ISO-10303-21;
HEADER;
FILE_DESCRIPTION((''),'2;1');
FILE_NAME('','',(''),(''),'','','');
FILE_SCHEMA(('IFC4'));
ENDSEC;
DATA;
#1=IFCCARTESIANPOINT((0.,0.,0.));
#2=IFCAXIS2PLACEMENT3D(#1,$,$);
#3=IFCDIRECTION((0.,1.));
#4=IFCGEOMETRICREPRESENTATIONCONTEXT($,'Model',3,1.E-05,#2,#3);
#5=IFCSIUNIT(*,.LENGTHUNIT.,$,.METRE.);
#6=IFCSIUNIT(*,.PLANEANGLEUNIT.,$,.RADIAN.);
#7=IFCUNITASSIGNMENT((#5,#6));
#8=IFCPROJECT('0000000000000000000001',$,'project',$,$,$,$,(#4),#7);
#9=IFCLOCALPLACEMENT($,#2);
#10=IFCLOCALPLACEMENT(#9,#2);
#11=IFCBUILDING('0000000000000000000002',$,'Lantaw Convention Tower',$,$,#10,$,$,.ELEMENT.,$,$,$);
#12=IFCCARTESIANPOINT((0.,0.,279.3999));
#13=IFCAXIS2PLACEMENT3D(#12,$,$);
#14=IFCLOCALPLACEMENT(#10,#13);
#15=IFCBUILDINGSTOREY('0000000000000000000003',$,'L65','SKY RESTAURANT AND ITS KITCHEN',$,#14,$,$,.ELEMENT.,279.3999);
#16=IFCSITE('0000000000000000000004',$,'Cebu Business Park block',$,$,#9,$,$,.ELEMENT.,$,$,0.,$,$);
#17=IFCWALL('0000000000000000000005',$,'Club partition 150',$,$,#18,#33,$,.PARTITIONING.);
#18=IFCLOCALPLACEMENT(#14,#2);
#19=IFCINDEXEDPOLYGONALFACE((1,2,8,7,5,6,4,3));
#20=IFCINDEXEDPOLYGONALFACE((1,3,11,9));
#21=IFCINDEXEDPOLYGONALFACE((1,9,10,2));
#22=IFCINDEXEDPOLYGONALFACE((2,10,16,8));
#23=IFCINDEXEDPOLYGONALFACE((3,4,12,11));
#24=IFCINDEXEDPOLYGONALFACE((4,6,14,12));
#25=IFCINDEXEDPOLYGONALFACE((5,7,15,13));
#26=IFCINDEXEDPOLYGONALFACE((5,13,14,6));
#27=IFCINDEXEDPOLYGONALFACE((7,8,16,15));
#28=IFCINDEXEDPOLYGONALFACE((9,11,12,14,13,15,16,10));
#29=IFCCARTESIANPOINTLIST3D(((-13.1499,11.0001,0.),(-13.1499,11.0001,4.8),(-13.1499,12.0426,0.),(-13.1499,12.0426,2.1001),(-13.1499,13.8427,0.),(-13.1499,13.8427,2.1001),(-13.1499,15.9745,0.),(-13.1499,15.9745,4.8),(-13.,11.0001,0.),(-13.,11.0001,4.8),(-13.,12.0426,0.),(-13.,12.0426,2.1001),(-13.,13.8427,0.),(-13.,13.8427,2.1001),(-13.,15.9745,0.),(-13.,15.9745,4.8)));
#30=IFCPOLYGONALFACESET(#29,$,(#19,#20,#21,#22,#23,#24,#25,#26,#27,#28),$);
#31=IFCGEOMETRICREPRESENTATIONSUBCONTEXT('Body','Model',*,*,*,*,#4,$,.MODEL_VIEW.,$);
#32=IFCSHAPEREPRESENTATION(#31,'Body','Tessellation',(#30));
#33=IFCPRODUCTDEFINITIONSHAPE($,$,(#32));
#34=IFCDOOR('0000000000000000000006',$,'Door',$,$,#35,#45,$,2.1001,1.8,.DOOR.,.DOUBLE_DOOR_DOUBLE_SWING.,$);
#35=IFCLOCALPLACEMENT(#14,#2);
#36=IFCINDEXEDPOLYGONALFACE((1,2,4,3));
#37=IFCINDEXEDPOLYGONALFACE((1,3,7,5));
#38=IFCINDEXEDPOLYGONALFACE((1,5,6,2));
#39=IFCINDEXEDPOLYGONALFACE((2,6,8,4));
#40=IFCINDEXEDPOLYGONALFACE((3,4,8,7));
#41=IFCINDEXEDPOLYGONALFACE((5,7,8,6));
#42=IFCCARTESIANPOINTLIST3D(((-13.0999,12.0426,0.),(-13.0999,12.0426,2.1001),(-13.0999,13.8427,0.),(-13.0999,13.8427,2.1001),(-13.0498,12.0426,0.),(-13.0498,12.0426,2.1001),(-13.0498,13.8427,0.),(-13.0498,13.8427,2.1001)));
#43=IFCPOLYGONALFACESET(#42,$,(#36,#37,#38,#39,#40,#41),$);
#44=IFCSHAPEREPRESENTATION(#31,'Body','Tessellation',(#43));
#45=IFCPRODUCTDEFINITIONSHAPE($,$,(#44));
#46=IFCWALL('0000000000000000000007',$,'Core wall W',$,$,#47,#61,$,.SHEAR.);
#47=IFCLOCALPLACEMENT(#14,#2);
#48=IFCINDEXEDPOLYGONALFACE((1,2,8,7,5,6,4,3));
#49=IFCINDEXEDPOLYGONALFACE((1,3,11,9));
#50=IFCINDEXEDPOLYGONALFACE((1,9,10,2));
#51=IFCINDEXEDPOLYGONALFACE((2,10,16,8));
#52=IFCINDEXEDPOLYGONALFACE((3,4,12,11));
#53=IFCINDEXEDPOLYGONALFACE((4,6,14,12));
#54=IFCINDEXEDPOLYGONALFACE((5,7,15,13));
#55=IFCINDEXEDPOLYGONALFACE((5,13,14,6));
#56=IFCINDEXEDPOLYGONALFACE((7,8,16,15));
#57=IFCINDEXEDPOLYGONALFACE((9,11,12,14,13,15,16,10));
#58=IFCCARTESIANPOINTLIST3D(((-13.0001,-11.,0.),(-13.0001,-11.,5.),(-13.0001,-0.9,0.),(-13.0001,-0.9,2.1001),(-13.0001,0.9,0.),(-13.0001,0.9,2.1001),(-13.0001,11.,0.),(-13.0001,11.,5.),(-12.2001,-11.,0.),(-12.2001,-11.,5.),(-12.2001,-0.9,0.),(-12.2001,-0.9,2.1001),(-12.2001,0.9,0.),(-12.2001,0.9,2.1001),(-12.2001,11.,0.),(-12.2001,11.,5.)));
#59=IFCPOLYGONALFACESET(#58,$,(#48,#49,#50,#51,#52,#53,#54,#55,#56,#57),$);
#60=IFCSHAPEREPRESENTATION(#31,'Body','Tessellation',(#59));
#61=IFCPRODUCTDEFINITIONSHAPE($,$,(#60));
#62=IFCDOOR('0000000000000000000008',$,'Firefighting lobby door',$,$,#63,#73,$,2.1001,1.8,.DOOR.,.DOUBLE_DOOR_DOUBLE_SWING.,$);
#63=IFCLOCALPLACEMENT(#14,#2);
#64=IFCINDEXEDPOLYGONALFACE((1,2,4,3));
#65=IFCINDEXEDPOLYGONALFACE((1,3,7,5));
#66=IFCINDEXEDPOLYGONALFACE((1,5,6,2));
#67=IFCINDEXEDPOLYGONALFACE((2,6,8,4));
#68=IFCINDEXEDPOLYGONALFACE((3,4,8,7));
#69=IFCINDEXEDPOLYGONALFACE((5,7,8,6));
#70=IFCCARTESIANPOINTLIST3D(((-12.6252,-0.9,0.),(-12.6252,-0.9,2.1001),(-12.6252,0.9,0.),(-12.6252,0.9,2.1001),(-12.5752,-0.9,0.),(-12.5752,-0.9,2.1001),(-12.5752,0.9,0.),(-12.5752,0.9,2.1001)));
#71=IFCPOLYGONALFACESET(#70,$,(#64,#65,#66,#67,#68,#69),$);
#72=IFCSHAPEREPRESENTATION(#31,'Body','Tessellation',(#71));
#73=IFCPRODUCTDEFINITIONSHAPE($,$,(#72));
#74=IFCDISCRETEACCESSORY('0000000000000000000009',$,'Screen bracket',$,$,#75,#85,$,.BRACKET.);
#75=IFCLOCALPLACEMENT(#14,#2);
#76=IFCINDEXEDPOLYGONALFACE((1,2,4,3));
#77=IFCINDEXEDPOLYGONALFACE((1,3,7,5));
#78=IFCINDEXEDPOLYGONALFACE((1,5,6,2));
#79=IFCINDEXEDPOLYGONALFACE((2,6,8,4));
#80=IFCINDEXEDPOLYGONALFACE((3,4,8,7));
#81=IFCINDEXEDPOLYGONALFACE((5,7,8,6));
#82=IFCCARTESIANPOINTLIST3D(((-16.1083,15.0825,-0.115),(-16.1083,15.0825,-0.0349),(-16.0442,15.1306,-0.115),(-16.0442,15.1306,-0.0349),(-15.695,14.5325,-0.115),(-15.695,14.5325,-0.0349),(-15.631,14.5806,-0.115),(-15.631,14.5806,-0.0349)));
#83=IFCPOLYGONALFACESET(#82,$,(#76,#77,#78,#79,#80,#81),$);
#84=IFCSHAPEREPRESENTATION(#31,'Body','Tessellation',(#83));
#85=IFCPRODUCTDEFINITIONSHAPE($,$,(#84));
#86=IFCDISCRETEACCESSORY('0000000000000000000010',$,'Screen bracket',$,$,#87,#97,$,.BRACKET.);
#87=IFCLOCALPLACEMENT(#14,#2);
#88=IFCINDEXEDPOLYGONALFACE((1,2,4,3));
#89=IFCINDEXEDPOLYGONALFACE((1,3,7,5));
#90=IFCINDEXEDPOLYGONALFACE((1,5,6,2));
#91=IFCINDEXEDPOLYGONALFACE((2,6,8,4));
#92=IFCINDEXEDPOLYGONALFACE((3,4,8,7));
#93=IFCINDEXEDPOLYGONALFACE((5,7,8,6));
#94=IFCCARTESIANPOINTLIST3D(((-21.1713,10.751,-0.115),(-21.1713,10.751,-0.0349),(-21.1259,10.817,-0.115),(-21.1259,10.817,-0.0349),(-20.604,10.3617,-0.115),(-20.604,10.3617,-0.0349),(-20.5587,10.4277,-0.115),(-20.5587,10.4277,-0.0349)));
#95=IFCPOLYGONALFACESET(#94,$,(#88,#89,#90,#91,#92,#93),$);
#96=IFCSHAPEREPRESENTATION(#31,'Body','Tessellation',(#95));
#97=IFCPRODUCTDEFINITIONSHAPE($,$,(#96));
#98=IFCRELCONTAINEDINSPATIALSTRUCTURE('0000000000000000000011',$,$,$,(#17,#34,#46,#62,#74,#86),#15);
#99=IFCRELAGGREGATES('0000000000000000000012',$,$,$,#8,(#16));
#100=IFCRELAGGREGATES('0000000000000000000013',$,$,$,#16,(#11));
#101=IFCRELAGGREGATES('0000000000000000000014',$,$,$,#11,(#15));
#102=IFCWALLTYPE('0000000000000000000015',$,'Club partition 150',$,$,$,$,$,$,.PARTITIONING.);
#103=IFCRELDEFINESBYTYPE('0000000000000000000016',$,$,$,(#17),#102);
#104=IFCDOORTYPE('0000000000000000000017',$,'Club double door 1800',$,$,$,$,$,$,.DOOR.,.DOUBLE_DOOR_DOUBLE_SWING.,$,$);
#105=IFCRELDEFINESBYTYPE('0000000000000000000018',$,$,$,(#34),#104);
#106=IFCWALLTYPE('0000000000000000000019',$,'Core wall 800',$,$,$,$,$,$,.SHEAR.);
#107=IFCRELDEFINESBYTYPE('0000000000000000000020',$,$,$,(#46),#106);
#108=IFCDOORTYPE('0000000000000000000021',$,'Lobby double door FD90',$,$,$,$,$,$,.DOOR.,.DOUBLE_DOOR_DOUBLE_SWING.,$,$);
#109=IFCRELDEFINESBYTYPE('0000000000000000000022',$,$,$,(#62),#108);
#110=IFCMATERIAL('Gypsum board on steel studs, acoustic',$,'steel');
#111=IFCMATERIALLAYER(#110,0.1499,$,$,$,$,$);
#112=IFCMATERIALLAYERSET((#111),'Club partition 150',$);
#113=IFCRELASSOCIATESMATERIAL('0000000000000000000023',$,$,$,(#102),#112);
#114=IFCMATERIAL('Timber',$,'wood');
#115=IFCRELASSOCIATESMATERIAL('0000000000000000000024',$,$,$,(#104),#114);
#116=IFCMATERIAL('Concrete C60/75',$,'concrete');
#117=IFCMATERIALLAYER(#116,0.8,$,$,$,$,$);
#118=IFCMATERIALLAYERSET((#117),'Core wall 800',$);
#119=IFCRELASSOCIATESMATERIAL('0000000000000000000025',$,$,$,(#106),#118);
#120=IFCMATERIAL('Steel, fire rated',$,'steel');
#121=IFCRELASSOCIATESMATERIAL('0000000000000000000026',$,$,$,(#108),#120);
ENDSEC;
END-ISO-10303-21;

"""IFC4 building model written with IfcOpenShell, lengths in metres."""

from ifc_helpers import new_model, si_unit, direction, frame, frame_2d, origin, origin_2d, place, context, subcontext, project, spatial, rectangle, extrude, material, layer, layer_set, type_object, element, fill, save


model = new_model("IFC4")

# Units and contexts
model_context = context("Model", 3, precision=1e-05, world=origin(), true_north=direction((0.0, 1.0)))
body_context = subcontext(model_context, "Body", "Model", "MODEL_VIEW")
ifc_project = project(units=[si_unit("LENGTHUNIT", "METRE"), si_unit("PLANEANGLEUNIT", "RADIAN")], contexts=[model_context])

# Site, building, storey
site_placement = place(None, origin())
site = spatial("IfcSite", under=ifc_project, at=site_placement, Name="Cebu Business Park block", CompositionType="ELEMENT", RefElevation=0.0)
building_placement = place(site_placement, origin())
building = spatial("IfcBuilding", under=site, at=building_placement, Name="Lantaw Convention Tower", CompositionType="ELEMENT")
storey_placement = place(building_placement, frame((0.0, 0.0, 279.3999)))
storey = spatial("IfcBuildingStorey", under=building, at=storey_placement, Name="L65", Description="SKY RESTAURANT AND ITS KITCHEN", CompositionType="ELEMENT", Elevation=279.3999)

# Shared definitions
ifc_material_1 = material(Name="Concrete C60/75", Category="concrete")

# Walls, openings, doors
ifc_material_2 = material(Name="Gypsum board on steel studs, acoustic", Category="steel")
ifc_layer_1 = layer(ifc_material_2, 0.1499)
ifc_layer_set_1 = layer_set([ifc_layer_1], Name="Club partition 150")
wall_type_1 = type_object("IfcWallType", Name="Club partition 150", PredefinedType="PARTITIONING", material=ifc_layer_set_1)
wall_1_placement = place(storey_placement, frame((-13.075, 11.0, 0.0), z_axis=(0.0, 0.0, 1.0), x_axis=(0.0, 1.0, 0.0)))
wall_1 = element("IfcWall", 1, at=wall_1_placement, inside=storey, type_object=wall_type_1, Name="Club partition 150", PredefinedType="PARTITIONING", context=body_context, shape_type="SweptSolid", body=[
    extrude(rectangle(XDim=4.9744, YDim=0.1499, at=frame_2d((2.4873, 0.0))), origin(), (0.0, 0.0, 1.0), 4.8),
])
opening_1_placement = place(wall_1_placement, frame((1.0427, 0.0, 0.0)))
opening_1 = element("IfcOpeningElement", 2, at=opening_1_placement, cuts=wall_1, PredefinedType="OPENING", context=body_context, shape_type="SweptSolid", body=[
    extrude(rectangle(XDim=1.8, YDim=2.1001, at=frame_2d((0.8999, 1.05))), frame((0.0, 0.085, 0.0), z_axis=(0.0, -1.0, 0.0), x_axis=(1.0, 0.0, 0.0)), (0.0, 0.0, 1.0), 0.1699),
])
ifc_material_3 = material(Name="Timber", Category="wood")
door_type_1 = type_object("IfcDoorType", Name="Club double door 1800", OperationType="DOUBLE_DOOR_DOUBLE_SWING", PredefinedType="DOOR", material=ifc_material_3)
door_1_placement = place(opening_1_placement, origin())
door_1 = element("IfcDoor", 3, at=door_1_placement, inside=storey, type_object=door_type_1, Name="Door", OperationType="DOUBLE_DOOR_DOUBLE_SWING", OverallHeight=2.1001, OverallWidth=1.8, PredefinedType="DOOR", context=body_context, shape_type="SweptSolid", body=[
    extrude(rectangle(XDim=1.8, YDim=2.1001, at=frame_2d((0.8999, 1.05))), frame((0.0, 0.0249, 0.0), z_axis=(0.0, -1.0, 0.0), x_axis=(1.0, 0.0, 0.0)), (0.0, 0.0, 1.0), 0.05),
])
fill(opening_1, door_1)
ifc_layer_2 = layer(ifc_material_1, 0.8)
ifc_layer_set_2 = layer_set([ifc_layer_2], Name="Core wall 800")
wall_type_2 = type_object("IfcWallType", Name="Core wall 800", PredefinedType="SHEAR", material=ifc_layer_set_2)
wall_2_placement = place(storey_placement, frame((-12.6001, 11.0, 0.0), z_axis=(0.0, 0.0, 1.0), x_axis=(0.0, -1.0, 0.0)))
wall_2 = element("IfcWall", 4, at=wall_2_placement, inside=storey, type_object=wall_type_2, Name="Core wall W", PredefinedType="SHEAR", context=body_context, shape_type="SweptSolid", body=[
    extrude(rectangle(XDim=22.0, YDim=0.8, at=frame_2d((11.0, 0.0))), origin(), (0.0, 0.0, 1.0), 5.0),
])
opening_2_placement = place(wall_2_placement, frame((10.1001, 0.0, 0.0)))
opening_2 = element("IfcOpeningElement", 5, at=opening_2_placement, cuts=wall_2, PredefinedType="OPENING", context=body_context, shape_type="SweptSolid", body=[
    extrude(rectangle(XDim=1.8, YDim=2.1001, at=frame_2d((0.8999, 1.05))), frame((0.0, 0.4099, 0.0), z_axis=(0.0, -1.0, 0.0), x_axis=(1.0, 0.0, 0.0)), (0.0, 0.0, 1.0), 0.8201),
])
ifc_material_4 = material(Name="Steel, fire rated", Category="steel")
door_type_2 = type_object("IfcDoorType", Name="Lobby double door FD90", OperationType="DOUBLE_DOOR_DOUBLE_SWING", PredefinedType="DOOR", material=ifc_material_4)
door_2_placement = place(opening_2_placement, origin())
door_2 = element("IfcDoor", 6, at=door_2_placement, inside=storey, type_object=door_type_2, Name="Firefighting lobby door", OperationType="DOUBLE_DOOR_DOUBLE_SWING", OverallHeight=2.1001, OverallWidth=1.8, PredefinedType="DOOR", context=body_context, shape_type="SweptSolid", body=[
    extrude(rectangle(XDim=1.8, YDim=2.1001, at=frame_2d((0.8999, 1.05))), frame((0.0, 0.0249, 0.0), z_axis=(0.0, -1.0, 0.0), x_axis=(1.0, 0.0, 0.0)), (0.0, 0.0, 1.0), 0.05),
])
fill(opening_2, door_2)

# Discrete accessories
for number, where, z_axis, x_axis, name in (
    (7, (-15.8696, 14.8315, -0.115), (0.0, 0.0, 1.0), (-0.799518, -0.600643, 0.0), "Screen bracket"),
    (8, (-20.865, 10.5894, -0.115), (0.0, 0.0, 1.0), (-0.565935, -0.82445, 0.0), "Screen bracket"),
):
    element("IfcDiscreteAccessory", number, at=place(storey_placement, frame(where, z_axis=z_axis, x_axis=x_axis)), inside=storey, Name=name, PredefinedType="BRACKET", context=body_context, shape_type="SweptSolid", body=[
        extrude(rectangle(XDim=0.0801, YDim=0.688, at=origin_2d()), origin(), (0.0, 0.0, 1.0), 0.0801),
    ])

save(model, "model.ifc")
